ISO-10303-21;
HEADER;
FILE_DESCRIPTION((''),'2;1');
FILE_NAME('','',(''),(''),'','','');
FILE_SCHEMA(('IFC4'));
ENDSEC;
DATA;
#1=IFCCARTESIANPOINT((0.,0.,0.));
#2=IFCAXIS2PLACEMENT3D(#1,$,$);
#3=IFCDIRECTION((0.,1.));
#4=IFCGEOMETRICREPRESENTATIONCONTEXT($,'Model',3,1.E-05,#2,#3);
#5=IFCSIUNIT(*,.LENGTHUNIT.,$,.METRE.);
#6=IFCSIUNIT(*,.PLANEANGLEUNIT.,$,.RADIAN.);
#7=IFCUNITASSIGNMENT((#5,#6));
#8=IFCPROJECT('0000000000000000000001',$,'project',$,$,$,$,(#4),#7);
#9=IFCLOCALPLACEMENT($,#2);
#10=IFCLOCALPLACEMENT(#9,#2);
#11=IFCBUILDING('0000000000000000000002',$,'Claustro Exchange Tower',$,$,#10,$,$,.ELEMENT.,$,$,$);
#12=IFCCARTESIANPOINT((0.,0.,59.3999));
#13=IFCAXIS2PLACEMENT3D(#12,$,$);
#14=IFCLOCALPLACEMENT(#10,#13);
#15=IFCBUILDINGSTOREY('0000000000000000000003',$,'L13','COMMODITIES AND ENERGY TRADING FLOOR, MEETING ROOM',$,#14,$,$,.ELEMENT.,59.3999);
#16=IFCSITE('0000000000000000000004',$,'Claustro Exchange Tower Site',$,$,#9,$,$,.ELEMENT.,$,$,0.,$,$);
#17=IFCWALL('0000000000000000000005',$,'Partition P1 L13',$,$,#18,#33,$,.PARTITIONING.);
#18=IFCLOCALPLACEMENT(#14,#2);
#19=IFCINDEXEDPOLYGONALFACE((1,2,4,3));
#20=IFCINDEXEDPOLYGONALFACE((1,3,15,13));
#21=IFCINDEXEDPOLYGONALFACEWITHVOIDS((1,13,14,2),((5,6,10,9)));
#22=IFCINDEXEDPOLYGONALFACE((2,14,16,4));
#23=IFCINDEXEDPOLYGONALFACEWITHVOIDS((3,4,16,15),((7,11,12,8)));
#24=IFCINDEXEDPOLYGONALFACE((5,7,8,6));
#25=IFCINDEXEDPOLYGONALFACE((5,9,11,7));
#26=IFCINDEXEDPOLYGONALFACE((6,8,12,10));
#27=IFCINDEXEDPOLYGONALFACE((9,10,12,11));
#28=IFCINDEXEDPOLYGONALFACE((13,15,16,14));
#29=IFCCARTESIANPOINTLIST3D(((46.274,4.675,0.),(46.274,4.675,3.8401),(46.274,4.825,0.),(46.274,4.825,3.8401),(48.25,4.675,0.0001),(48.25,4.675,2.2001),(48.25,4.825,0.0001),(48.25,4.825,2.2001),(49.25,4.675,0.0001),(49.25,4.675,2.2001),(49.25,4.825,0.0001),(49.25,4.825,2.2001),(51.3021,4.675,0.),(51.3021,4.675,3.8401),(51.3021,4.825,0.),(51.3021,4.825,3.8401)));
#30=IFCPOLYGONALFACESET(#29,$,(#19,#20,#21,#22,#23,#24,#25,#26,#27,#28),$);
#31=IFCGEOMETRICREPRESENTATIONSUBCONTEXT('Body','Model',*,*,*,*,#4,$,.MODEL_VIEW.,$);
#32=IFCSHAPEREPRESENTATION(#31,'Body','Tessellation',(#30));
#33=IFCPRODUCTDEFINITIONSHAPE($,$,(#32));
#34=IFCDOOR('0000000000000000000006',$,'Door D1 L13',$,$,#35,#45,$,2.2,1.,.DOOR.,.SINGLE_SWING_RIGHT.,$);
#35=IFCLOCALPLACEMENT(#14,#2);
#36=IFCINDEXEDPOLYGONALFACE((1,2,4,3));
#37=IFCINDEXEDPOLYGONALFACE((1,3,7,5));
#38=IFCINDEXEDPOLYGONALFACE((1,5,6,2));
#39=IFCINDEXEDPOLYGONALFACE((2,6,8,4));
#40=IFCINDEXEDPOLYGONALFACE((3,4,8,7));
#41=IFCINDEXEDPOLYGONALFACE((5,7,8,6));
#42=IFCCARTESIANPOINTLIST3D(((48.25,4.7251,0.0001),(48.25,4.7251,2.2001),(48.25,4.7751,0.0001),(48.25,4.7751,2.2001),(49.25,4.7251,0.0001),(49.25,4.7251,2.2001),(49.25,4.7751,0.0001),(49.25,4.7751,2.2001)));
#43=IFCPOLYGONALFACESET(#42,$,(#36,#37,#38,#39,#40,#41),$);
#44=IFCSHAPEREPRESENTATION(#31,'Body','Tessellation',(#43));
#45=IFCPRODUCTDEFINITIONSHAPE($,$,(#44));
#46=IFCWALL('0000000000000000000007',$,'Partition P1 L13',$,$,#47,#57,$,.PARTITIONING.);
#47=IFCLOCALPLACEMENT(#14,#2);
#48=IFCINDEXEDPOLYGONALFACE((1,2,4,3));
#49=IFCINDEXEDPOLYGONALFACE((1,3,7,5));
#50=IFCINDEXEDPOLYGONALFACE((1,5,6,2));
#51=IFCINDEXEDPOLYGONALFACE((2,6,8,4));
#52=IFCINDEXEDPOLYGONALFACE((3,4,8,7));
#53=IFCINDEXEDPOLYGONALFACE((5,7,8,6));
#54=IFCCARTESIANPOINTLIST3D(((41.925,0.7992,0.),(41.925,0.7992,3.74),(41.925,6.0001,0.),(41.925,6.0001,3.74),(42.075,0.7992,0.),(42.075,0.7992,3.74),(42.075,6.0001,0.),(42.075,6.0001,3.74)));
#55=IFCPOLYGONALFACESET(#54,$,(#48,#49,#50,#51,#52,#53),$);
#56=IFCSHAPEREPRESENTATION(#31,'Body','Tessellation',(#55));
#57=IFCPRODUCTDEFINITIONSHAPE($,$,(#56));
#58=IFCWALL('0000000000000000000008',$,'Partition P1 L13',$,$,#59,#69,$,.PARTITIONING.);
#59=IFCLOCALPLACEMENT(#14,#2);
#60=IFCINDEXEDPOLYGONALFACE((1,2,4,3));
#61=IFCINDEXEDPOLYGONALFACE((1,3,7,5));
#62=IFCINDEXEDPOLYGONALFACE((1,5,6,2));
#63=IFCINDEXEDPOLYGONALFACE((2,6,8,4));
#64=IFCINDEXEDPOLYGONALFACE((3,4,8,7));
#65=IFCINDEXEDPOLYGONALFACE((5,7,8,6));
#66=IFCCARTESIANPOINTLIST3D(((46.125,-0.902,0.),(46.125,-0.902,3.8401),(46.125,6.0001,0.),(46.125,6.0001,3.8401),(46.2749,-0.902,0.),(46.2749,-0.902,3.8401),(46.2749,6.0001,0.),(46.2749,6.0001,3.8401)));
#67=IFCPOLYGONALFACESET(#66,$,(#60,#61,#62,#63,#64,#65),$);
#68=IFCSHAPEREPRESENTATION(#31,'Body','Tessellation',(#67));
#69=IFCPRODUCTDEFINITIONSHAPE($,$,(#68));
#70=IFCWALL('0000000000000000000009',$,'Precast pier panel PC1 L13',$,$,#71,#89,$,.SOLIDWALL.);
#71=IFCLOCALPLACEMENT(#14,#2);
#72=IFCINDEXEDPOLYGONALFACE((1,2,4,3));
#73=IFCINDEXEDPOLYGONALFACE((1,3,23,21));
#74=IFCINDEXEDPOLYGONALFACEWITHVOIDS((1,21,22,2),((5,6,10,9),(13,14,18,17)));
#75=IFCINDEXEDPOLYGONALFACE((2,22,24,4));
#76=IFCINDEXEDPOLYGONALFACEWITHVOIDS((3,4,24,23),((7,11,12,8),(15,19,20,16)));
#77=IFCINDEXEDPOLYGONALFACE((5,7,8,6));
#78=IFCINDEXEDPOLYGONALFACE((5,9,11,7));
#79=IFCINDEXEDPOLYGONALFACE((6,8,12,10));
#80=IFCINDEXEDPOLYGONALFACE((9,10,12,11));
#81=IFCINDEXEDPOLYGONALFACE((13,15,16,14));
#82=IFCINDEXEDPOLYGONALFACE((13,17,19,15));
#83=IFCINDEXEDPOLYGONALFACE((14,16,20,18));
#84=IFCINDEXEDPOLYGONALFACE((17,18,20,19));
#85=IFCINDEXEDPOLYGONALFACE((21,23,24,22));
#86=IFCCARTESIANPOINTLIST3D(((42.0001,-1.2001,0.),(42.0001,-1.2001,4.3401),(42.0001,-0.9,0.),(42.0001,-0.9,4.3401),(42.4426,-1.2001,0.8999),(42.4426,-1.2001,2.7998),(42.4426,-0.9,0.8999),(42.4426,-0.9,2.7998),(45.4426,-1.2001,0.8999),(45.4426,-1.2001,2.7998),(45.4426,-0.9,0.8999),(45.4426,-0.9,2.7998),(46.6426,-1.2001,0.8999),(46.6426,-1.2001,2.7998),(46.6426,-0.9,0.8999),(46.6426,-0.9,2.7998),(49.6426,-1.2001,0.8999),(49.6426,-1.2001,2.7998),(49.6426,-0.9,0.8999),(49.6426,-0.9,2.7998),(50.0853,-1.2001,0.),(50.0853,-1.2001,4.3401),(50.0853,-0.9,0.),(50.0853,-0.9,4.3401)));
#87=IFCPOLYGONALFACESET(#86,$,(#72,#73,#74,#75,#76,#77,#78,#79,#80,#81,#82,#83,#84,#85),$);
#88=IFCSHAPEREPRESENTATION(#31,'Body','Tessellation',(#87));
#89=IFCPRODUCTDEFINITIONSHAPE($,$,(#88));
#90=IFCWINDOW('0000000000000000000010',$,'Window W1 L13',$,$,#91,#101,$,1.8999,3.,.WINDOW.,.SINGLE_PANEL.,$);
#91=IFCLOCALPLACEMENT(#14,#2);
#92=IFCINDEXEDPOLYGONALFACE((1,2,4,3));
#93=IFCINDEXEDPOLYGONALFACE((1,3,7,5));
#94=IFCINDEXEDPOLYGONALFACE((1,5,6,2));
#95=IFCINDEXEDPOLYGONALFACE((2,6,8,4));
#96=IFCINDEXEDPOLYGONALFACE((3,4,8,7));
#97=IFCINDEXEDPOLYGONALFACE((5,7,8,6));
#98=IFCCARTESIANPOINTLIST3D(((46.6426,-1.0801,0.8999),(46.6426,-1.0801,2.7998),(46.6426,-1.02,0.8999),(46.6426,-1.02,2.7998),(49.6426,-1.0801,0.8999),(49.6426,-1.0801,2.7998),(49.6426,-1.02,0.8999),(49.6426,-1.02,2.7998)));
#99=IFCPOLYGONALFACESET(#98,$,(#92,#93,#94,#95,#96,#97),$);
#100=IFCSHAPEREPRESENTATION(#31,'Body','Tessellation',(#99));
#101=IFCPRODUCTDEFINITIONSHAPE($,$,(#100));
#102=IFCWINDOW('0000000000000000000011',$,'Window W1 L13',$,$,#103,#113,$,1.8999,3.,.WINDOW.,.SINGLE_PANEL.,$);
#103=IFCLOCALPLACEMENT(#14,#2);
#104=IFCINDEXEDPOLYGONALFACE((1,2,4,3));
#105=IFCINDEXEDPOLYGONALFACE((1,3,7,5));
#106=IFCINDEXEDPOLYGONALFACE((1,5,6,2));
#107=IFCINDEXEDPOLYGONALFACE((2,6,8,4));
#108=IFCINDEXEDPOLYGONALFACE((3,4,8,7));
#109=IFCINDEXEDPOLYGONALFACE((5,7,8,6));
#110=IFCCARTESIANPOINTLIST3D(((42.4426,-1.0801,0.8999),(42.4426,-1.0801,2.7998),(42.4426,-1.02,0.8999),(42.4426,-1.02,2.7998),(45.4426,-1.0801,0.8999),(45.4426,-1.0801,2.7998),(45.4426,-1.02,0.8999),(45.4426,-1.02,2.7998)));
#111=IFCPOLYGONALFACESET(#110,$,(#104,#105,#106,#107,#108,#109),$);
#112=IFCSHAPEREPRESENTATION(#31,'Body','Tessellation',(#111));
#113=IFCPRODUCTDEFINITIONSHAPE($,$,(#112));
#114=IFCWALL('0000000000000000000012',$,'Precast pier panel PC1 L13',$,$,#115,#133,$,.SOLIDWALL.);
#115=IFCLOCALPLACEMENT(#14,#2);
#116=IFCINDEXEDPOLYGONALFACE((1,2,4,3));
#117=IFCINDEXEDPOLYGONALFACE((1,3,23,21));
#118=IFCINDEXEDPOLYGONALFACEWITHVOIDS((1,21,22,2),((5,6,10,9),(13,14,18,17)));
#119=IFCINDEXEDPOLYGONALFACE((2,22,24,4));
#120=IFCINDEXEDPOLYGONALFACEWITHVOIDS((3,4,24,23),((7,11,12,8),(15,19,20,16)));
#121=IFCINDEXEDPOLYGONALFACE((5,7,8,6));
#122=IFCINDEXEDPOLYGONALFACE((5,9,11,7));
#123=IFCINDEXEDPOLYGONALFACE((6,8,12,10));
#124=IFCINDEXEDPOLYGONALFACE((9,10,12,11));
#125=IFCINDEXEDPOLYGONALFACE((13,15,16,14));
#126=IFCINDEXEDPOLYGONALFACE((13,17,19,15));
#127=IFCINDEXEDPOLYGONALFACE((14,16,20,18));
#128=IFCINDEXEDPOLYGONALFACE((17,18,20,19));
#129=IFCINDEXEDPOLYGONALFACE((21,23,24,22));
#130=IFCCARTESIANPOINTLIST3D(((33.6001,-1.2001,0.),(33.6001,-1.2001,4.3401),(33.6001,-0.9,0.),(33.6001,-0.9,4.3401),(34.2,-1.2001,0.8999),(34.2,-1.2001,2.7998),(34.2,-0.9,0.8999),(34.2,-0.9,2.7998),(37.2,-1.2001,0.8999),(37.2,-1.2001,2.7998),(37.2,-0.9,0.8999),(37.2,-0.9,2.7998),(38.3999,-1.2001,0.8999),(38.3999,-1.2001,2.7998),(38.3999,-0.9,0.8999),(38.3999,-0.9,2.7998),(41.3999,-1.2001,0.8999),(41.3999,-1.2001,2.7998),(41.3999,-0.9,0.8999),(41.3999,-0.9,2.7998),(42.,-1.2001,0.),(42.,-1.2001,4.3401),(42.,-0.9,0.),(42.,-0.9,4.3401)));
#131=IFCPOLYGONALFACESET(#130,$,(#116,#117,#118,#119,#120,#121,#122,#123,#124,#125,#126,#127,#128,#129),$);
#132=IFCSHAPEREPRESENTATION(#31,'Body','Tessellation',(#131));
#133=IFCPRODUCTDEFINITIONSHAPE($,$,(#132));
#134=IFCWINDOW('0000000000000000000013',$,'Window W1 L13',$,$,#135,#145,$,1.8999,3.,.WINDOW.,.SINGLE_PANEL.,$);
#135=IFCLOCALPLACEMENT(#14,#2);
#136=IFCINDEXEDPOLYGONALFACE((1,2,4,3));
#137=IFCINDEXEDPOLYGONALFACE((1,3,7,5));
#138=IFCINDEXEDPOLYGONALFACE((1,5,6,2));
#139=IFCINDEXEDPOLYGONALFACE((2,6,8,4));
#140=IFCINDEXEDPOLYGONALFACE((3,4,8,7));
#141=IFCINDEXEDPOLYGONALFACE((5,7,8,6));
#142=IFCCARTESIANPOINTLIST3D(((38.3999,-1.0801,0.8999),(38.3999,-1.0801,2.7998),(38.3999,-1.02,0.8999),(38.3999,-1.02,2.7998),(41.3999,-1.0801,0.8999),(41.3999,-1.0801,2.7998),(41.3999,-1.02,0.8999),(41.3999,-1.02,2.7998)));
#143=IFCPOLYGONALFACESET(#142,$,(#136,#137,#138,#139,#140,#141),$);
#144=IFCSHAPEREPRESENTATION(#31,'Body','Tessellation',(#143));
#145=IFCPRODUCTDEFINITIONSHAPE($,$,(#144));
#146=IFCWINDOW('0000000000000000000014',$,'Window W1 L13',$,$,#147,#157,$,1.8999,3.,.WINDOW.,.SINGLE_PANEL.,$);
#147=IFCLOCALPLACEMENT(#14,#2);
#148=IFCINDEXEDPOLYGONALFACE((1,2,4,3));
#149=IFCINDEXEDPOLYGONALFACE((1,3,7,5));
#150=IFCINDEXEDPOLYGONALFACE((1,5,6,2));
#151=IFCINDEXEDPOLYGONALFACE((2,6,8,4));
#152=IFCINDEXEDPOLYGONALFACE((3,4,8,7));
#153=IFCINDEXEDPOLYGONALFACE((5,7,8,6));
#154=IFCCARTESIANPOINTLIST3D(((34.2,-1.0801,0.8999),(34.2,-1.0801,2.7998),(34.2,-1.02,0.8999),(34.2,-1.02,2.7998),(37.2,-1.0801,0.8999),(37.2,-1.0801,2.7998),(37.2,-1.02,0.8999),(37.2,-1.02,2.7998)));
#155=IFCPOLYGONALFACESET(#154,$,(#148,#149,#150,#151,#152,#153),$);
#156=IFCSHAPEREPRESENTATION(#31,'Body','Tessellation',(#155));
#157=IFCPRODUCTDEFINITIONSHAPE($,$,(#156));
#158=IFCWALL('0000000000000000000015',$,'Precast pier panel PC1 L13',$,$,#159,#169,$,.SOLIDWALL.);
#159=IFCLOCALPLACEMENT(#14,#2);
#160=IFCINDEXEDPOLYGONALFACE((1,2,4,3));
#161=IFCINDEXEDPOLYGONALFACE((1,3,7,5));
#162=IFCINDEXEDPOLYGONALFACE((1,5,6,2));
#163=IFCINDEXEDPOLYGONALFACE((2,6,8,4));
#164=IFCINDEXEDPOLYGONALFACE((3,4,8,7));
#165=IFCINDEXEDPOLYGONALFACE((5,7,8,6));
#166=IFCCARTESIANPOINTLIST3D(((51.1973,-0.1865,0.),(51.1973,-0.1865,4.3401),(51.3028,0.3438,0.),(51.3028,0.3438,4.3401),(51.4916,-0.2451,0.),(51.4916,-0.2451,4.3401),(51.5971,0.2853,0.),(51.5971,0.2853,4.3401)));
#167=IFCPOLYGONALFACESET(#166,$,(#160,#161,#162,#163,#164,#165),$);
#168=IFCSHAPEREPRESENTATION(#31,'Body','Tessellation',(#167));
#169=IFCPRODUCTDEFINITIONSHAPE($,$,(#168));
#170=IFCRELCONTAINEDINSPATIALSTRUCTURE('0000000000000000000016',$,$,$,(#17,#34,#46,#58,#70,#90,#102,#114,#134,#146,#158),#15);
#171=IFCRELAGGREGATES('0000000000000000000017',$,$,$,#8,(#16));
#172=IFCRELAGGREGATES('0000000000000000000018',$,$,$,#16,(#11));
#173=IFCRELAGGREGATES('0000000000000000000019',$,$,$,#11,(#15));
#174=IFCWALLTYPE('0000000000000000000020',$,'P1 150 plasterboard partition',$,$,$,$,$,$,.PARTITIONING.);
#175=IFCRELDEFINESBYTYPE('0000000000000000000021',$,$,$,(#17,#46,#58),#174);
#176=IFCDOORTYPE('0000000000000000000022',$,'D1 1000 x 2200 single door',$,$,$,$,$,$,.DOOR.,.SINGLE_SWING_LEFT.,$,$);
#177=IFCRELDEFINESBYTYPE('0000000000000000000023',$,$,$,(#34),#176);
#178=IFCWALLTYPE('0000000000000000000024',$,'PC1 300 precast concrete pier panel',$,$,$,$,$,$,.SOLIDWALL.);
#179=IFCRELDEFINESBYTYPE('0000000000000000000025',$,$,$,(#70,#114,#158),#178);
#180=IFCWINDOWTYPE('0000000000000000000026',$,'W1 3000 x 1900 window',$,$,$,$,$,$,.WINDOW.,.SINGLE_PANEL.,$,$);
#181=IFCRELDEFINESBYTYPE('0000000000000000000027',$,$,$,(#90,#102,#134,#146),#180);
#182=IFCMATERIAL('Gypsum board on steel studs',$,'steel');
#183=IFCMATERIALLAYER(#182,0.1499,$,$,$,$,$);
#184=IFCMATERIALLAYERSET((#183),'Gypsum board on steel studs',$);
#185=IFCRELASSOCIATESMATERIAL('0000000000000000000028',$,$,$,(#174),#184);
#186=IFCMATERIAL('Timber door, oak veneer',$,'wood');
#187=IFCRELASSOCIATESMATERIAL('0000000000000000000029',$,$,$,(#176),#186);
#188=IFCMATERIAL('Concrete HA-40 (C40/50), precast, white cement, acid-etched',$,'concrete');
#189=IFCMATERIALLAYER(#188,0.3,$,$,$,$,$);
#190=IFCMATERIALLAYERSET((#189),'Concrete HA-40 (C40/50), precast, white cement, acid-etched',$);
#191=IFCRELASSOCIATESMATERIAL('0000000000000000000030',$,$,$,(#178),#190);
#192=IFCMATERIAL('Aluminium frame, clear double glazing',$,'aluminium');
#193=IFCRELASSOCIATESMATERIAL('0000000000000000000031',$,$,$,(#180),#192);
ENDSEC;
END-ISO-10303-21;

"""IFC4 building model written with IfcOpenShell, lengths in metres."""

from ifc_helpers import new_model, si_unit, direction, frame, frame_2d, origin, place, context, subcontext, project, spatial, rectangle, extrude, material, layer, layer_set, type_object, element, fill, save


model = new_model("IFC4")

# Units and contexts
model_context = context("Model", 3, precision=1e-05, world=origin(), true_north=direction((0.0, 1.0)))
body_context = subcontext(model_context, "Body", "Model", "MODEL_VIEW")
ifc_project = project(units=[si_unit("LENGTHUNIT", "METRE"), si_unit("PLANEANGLEUNIT", "RADIAN")], contexts=[model_context])

# Site, building, storey
site_placement = place(None, origin())
site = spatial("IfcSite", under=ifc_project, at=site_placement, Name="Claustro Exchange Tower Site", CompositionType="ELEMENT", RefElevation=0.0)
building_placement = place(site_placement, origin())
building = spatial("IfcBuilding", under=site, at=building_placement, Name="Claustro Exchange Tower", CompositionType="ELEMENT")
storey_placement = place(building_placement, frame((0.0, 0.0, 59.3999)))
storey = spatial("IfcBuildingStorey", under=building, at=storey_placement, Name="L13", Description="COMMODITIES AND ENERGY TRADING FLOOR, MEETING ROOM", CompositionType="ELEMENT", Elevation=59.3999)

# Wall, opening, door
ifc_material_1 = material(Name="Gypsum board on steel studs", Category="steel")
ifc_layer_1 = layer(ifc_material_1, 0.1499)
ifc_layer_set_1 = layer_set([ifc_layer_1], Name="Gypsum board on steel studs")
wall_type_1 = type_object("IfcWallType", Name="P1 150 plasterboard partition", PredefinedType="PARTITIONING", material=ifc_layer_set_1)
ifc_material_2 = material(Name="Timber door, oak veneer", Category="wood")
door_type = type_object("IfcDoorType", Name="D1 1000 x 2200 single door", OperationType="SINGLE_SWING_LEFT", PredefinedType="DOOR", material=ifc_material_2)
wall_1_placement = place(storey_placement, frame((46.2739, 4.75, 0.0), z_axis=(0.0, 0.0, 1.0), x_axis=(1.0, 0.0, 0.0)))
wall_1 = element("IfcWall", 1, at=wall_1_placement, inside=storey, type_object=wall_type_1, Name="Partition P1 L13", PredefinedType="PARTITIONING", context=body_context, shape_type="SweptSolid", body=[
    extrude(rectangle(XDim=5.0281, YDim=0.1499, at=frame_2d((2.5142, 0.0))), origin(), (0.0, 0.0, 1.0), 3.8401),
])
opening_1_placement = place(wall_1_placement, frame((1.9761, 0.0, 0.0)))
opening_1 = element("IfcOpeningElement", 2, at=opening_1_placement, cuts=wall_1, PredefinedType="OPENING", context=body_context, shape_type="SweptSolid", body=[
    extrude(rectangle(XDim=1.0, YDim=2.2, at=frame_2d((0.5, 1.1001))), frame((0.0, 0.085, 0.0), z_axis=(0.0, -1.0, 0.0), x_axis=(1.0, 0.0, 0.0)), (0.0, 0.0, 1.0), 0.1699),
])
door_1_placement = place(opening_1_placement, frame((1.0, 0.0, 0.0), z_axis=(0.0, 0.0, 1.0), x_axis=(-1.0, 0.0, 0.0)))
door_1 = element("IfcDoor", 3, at=door_1_placement, inside=storey, type_object=door_type, Name="Door D1 L13", OperationType="SINGLE_SWING_RIGHT", OverallHeight=2.2, OverallWidth=1.0, PredefinedType="DOOR", context=body_context, shape_type="SweptSolid", body=[
    extrude(rectangle(XDim=1.0, YDim=2.2, at=frame_2d((0.5, 1.1001))), frame((0.0, 0.0249, 0.0), z_axis=(0.0, -1.0, 0.0), x_axis=(1.0, 0.0, 0.0)), (0.0, 0.0, 1.0), 0.05),
])
fill(opening_1, door_1)

# Walls
wall_2_placement = place(storey_placement, frame((42.0, 0.7991, 0.0), z_axis=(0.0, 0.0, 1.0), x_axis=(0.0, 1.0, 0.0)))
element("IfcWall", 4, at=wall_2_placement, inside=storey, type_object=wall_type_1, Name="Partition P1 L13", PredefinedType="PARTITIONING", context=body_context, shape_type="SweptSolid", body=[
    extrude(rectangle(XDim=5.2009, YDim=0.1499, at=frame_2d((2.6006, 0.0))), origin(), (0.0, 0.0, 1.0), 3.74),
])
wall_3_placement = place(storey_placement, frame((46.2, -0.9021, 0.0), z_axis=(0.0, 0.0, 1.0), x_axis=(0.0, 1.0, 0.0)))
element("IfcWall", 5, at=wall_3_placement, inside=storey, type_object=wall_type_1, Name="Partition P1 L13", PredefinedType="PARTITIONING", context=body_context, shape_type="SweptSolid", body=[
    extrude(rectangle(XDim=6.9021, YDim=0.1499, at=frame_2d((3.4512, 0.0))), origin(), (0.0, 0.0, 1.0), 3.8401),
])

# Walls, openings, windows
ifc_material_3 = material(Name="Concrete HA-40 (C40/50), precast, white cement, acid-etched", Category="concrete")
ifc_layer_2 = layer(ifc_material_3, 0.3)
ifc_layer_set_2 = layer_set([ifc_layer_2], Name="Concrete HA-40 (C40/50), precast, white cement, acid-etched")
wall_type_2 = type_object("IfcWallType", Name="PC1 300 precast concrete pier panel", PredefinedType="SOLIDWALL", material=ifc_layer_set_2)
wall_4_placement = place(storey_placement, frame((50.0852, -1.05, 0.0), z_axis=(0.0, 0.0, 1.0), x_axis=(-1.0, 0.0, 0.0)))
wall_4 = element("IfcWall", 6, at=wall_4_placement, inside=storey, type_object=wall_type_2, Name="Precast pier panel PC1 L13", PredefinedType="SOLIDWALL", context=body_context, shape_type="SweptSolid", body=[
    extrude(rectangle(XDim=8.0852, YDim=0.3, at=frame_2d((4.0425, 0.0))), origin(), (0.0, 0.0, 1.0), 4.3401),
])
opening_2_placement = place(wall_4_placement, frame((0.4426, 0.0, 0.8999)))
opening_2 = element("IfcOpeningElement", 7, at=opening_2_placement, cuts=wall_4, PredefinedType="OPENING", context=body_context, shape_type="SweptSolid", body=[
    extrude(rectangle(XDim=3.0, YDim=1.8999, at=frame_2d((1.5, 0.95))), frame((0.0, 0.1599, 0.0), z_axis=(0.0, -1.0, 0.0), x_axis=(1.0, 0.0, 0.0)), (0.0, 0.0, 1.0), 0.3201),
])
opening_3_placement = place(wall_4_placement, frame((4.6426, 0.0, 0.8999)))
opening_3 = element("IfcOpeningElement", 8, at=opening_3_placement, cuts=wall_4, PredefinedType="OPENING", context=body_context, shape_type="SweptSolid", body=[
    extrude(rectangle(XDim=3.0, YDim=1.8999, at=frame_2d((1.5, 0.95))), frame((0.0, 0.1599, 0.0), z_axis=(0.0, -1.0, 0.0), x_axis=(1.0, 0.0, 0.0)), (0.0, 0.0, 1.0), 0.3201),
])
ifc_material_4 = material(Name="Aluminium frame, clear double glazing", Category="aluminium")
window_type = type_object("IfcWindowType", Name="W1 3000 x 1900 window", PartitioningType="SINGLE_PANEL", PredefinedType="WINDOW", material=ifc_material_4)
window_1_placement = place(opening_2_placement, origin())
window_1 = element("IfcWindow", 9, at=window_1_placement, inside=storey, type_object=window_type, Name="Window W1 L13", OverallHeight=1.8999, OverallWidth=3.0, PartitioningType="SINGLE_PANEL", PredefinedType="WINDOW", context=body_context, shape_type="SweptSolid", body=[
    extrude(rectangle(XDim=3.0, YDim=1.8999, at=frame_2d((1.5, 0.95))), frame((0.0, 0.03, 0.0), z_axis=(0.0, -1.0, 0.0), x_axis=(1.0, 0.0, 0.0)), (0.0, 0.0, 1.0), 0.0601),
])
fill(opening_2, window_1)
window_2_placement = place(opening_3_placement, origin())
window_2 = element("IfcWindow", 10, at=window_2_placement, inside=storey, type_object=window_type, Name="Window W1 L13", OverallHeight=1.8999, OverallWidth=3.0, PartitioningType="SINGLE_PANEL", PredefinedType="WINDOW", context=body_context, shape_type="SweptSolid", body=[
    extrude(rectangle(XDim=3.0, YDim=1.8999, at=frame_2d((1.5, 0.95))), frame((0.0, 0.03, 0.0), z_axis=(0.0, -1.0, 0.0), x_axis=(1.0, 0.0, 0.0)), (0.0, 0.0, 1.0), 0.0601),
])
fill(opening_3, window_2)
wall_5_placement = place(storey_placement, frame((42.0, -1.05, 0.0), z_axis=(0.0, 0.0, 1.0), x_axis=(-1.0, 0.0, 0.0)))
wall_5 = element("IfcWall", 11, at=wall_5_placement, inside=storey, type_object=wall_type_2, Name="Precast pier panel PC1 L13", PredefinedType="SOLIDWALL", context=body_context, shape_type="SweptSolid", body=[
    extrude(rectangle(XDim=8.3999, YDim=0.3, at=frame_2d((4.2, 0.0))), origin(), (0.0, 0.0, 1.0), 4.3401),
])
opening_4_placement = place(wall_5_placement, frame((0.6001, 0.0, 0.8999)))
opening_4 = element("IfcOpeningElement", 12, at=opening_4_placement, cuts=wall_5, PredefinedType="OPENING", context=body_context, shape_type="SweptSolid", body=[
    extrude(rectangle(XDim=3.0, YDim=1.8999, at=frame_2d((1.5, 0.95))), frame((0.0, 0.1599, 0.0), z_axis=(0.0, -1.0, 0.0), x_axis=(1.0, 0.0, 0.0)), (0.0, 0.0, 1.0), 0.3201),
])
opening_5_placement = place(wall_5_placement, frame((4.8, 0.0, 0.8999)))
opening_5 = element("IfcOpeningElement", 13, at=opening_5_placement, cuts=wall_5, PredefinedType="OPENING", context=body_context, shape_type="SweptSolid", body=[
    extrude(rectangle(XDim=3.0, YDim=1.8999, at=frame_2d((1.5, 0.95))), frame((0.0, 0.1599, 0.0), z_axis=(0.0, -1.0, 0.0), x_axis=(1.0, 0.0, 0.0)), (0.0, 0.0, 1.0), 0.3201),
])
window_3_placement = place(opening_4_placement, origin())
window_3 = element("IfcWindow", 14, at=window_3_placement, inside=storey, type_object=window_type, Name="Window W1 L13", OverallHeight=1.8999, OverallWidth=3.0, PartitioningType="SINGLE_PANEL", PredefinedType="WINDOW", context=body_context, shape_type="SweptSolid", body=[
    extrude(rectangle(XDim=3.0, YDim=1.8999, at=frame_2d((1.5, 0.95))), frame((0.0, 0.03, 0.0), z_axis=(0.0, -1.0, 0.0), x_axis=(1.0, 0.0, 0.0)), (0.0, 0.0, 1.0), 0.0601),
])
fill(opening_4, window_3)
window_4_placement = place(opening_5_placement, origin())
window_4 = element("IfcWindow", 15, at=window_4_placement, inside=storey, type_object=window_type, Name="Window W1 L13", OverallHeight=1.8999, OverallWidth=3.0, PartitioningType="SINGLE_PANEL", PredefinedType="WINDOW", context=body_context, shape_type="SweptSolid", body=[
    extrude(rectangle(XDim=3.0, YDim=1.8999, at=frame_2d((1.5, 0.95))), frame((0.0, 0.03, 0.0), z_axis=(0.0, -1.0, 0.0), x_axis=(1.0, 0.0, 0.0)), (0.0, 0.0, 1.0), 0.0601),
])
fill(opening_5, window_4)

# Wall
wall_6_placement = place(storey_placement, frame((51.45, 0.3147, 0.0), z_axis=(0.0, 0.0, 1.0), x_axis=(-0.195074, -0.980789, 0.0)))
element("IfcWall", 16, at=wall_6_placement, inside=storey, type_object=wall_type_2, Name="Precast pier panel PC1 L13", PredefinedType="SOLIDWALL", context=body_context, shape_type="SweptSolid", body=[
    extrude(rectangle(XDim=0.5408, YDim=0.3, at=frame_2d((0.2705, 0.0))), origin(), (0.0, 0.0, 1.0), 4.3401),
])

save(model, "model.ifc")
